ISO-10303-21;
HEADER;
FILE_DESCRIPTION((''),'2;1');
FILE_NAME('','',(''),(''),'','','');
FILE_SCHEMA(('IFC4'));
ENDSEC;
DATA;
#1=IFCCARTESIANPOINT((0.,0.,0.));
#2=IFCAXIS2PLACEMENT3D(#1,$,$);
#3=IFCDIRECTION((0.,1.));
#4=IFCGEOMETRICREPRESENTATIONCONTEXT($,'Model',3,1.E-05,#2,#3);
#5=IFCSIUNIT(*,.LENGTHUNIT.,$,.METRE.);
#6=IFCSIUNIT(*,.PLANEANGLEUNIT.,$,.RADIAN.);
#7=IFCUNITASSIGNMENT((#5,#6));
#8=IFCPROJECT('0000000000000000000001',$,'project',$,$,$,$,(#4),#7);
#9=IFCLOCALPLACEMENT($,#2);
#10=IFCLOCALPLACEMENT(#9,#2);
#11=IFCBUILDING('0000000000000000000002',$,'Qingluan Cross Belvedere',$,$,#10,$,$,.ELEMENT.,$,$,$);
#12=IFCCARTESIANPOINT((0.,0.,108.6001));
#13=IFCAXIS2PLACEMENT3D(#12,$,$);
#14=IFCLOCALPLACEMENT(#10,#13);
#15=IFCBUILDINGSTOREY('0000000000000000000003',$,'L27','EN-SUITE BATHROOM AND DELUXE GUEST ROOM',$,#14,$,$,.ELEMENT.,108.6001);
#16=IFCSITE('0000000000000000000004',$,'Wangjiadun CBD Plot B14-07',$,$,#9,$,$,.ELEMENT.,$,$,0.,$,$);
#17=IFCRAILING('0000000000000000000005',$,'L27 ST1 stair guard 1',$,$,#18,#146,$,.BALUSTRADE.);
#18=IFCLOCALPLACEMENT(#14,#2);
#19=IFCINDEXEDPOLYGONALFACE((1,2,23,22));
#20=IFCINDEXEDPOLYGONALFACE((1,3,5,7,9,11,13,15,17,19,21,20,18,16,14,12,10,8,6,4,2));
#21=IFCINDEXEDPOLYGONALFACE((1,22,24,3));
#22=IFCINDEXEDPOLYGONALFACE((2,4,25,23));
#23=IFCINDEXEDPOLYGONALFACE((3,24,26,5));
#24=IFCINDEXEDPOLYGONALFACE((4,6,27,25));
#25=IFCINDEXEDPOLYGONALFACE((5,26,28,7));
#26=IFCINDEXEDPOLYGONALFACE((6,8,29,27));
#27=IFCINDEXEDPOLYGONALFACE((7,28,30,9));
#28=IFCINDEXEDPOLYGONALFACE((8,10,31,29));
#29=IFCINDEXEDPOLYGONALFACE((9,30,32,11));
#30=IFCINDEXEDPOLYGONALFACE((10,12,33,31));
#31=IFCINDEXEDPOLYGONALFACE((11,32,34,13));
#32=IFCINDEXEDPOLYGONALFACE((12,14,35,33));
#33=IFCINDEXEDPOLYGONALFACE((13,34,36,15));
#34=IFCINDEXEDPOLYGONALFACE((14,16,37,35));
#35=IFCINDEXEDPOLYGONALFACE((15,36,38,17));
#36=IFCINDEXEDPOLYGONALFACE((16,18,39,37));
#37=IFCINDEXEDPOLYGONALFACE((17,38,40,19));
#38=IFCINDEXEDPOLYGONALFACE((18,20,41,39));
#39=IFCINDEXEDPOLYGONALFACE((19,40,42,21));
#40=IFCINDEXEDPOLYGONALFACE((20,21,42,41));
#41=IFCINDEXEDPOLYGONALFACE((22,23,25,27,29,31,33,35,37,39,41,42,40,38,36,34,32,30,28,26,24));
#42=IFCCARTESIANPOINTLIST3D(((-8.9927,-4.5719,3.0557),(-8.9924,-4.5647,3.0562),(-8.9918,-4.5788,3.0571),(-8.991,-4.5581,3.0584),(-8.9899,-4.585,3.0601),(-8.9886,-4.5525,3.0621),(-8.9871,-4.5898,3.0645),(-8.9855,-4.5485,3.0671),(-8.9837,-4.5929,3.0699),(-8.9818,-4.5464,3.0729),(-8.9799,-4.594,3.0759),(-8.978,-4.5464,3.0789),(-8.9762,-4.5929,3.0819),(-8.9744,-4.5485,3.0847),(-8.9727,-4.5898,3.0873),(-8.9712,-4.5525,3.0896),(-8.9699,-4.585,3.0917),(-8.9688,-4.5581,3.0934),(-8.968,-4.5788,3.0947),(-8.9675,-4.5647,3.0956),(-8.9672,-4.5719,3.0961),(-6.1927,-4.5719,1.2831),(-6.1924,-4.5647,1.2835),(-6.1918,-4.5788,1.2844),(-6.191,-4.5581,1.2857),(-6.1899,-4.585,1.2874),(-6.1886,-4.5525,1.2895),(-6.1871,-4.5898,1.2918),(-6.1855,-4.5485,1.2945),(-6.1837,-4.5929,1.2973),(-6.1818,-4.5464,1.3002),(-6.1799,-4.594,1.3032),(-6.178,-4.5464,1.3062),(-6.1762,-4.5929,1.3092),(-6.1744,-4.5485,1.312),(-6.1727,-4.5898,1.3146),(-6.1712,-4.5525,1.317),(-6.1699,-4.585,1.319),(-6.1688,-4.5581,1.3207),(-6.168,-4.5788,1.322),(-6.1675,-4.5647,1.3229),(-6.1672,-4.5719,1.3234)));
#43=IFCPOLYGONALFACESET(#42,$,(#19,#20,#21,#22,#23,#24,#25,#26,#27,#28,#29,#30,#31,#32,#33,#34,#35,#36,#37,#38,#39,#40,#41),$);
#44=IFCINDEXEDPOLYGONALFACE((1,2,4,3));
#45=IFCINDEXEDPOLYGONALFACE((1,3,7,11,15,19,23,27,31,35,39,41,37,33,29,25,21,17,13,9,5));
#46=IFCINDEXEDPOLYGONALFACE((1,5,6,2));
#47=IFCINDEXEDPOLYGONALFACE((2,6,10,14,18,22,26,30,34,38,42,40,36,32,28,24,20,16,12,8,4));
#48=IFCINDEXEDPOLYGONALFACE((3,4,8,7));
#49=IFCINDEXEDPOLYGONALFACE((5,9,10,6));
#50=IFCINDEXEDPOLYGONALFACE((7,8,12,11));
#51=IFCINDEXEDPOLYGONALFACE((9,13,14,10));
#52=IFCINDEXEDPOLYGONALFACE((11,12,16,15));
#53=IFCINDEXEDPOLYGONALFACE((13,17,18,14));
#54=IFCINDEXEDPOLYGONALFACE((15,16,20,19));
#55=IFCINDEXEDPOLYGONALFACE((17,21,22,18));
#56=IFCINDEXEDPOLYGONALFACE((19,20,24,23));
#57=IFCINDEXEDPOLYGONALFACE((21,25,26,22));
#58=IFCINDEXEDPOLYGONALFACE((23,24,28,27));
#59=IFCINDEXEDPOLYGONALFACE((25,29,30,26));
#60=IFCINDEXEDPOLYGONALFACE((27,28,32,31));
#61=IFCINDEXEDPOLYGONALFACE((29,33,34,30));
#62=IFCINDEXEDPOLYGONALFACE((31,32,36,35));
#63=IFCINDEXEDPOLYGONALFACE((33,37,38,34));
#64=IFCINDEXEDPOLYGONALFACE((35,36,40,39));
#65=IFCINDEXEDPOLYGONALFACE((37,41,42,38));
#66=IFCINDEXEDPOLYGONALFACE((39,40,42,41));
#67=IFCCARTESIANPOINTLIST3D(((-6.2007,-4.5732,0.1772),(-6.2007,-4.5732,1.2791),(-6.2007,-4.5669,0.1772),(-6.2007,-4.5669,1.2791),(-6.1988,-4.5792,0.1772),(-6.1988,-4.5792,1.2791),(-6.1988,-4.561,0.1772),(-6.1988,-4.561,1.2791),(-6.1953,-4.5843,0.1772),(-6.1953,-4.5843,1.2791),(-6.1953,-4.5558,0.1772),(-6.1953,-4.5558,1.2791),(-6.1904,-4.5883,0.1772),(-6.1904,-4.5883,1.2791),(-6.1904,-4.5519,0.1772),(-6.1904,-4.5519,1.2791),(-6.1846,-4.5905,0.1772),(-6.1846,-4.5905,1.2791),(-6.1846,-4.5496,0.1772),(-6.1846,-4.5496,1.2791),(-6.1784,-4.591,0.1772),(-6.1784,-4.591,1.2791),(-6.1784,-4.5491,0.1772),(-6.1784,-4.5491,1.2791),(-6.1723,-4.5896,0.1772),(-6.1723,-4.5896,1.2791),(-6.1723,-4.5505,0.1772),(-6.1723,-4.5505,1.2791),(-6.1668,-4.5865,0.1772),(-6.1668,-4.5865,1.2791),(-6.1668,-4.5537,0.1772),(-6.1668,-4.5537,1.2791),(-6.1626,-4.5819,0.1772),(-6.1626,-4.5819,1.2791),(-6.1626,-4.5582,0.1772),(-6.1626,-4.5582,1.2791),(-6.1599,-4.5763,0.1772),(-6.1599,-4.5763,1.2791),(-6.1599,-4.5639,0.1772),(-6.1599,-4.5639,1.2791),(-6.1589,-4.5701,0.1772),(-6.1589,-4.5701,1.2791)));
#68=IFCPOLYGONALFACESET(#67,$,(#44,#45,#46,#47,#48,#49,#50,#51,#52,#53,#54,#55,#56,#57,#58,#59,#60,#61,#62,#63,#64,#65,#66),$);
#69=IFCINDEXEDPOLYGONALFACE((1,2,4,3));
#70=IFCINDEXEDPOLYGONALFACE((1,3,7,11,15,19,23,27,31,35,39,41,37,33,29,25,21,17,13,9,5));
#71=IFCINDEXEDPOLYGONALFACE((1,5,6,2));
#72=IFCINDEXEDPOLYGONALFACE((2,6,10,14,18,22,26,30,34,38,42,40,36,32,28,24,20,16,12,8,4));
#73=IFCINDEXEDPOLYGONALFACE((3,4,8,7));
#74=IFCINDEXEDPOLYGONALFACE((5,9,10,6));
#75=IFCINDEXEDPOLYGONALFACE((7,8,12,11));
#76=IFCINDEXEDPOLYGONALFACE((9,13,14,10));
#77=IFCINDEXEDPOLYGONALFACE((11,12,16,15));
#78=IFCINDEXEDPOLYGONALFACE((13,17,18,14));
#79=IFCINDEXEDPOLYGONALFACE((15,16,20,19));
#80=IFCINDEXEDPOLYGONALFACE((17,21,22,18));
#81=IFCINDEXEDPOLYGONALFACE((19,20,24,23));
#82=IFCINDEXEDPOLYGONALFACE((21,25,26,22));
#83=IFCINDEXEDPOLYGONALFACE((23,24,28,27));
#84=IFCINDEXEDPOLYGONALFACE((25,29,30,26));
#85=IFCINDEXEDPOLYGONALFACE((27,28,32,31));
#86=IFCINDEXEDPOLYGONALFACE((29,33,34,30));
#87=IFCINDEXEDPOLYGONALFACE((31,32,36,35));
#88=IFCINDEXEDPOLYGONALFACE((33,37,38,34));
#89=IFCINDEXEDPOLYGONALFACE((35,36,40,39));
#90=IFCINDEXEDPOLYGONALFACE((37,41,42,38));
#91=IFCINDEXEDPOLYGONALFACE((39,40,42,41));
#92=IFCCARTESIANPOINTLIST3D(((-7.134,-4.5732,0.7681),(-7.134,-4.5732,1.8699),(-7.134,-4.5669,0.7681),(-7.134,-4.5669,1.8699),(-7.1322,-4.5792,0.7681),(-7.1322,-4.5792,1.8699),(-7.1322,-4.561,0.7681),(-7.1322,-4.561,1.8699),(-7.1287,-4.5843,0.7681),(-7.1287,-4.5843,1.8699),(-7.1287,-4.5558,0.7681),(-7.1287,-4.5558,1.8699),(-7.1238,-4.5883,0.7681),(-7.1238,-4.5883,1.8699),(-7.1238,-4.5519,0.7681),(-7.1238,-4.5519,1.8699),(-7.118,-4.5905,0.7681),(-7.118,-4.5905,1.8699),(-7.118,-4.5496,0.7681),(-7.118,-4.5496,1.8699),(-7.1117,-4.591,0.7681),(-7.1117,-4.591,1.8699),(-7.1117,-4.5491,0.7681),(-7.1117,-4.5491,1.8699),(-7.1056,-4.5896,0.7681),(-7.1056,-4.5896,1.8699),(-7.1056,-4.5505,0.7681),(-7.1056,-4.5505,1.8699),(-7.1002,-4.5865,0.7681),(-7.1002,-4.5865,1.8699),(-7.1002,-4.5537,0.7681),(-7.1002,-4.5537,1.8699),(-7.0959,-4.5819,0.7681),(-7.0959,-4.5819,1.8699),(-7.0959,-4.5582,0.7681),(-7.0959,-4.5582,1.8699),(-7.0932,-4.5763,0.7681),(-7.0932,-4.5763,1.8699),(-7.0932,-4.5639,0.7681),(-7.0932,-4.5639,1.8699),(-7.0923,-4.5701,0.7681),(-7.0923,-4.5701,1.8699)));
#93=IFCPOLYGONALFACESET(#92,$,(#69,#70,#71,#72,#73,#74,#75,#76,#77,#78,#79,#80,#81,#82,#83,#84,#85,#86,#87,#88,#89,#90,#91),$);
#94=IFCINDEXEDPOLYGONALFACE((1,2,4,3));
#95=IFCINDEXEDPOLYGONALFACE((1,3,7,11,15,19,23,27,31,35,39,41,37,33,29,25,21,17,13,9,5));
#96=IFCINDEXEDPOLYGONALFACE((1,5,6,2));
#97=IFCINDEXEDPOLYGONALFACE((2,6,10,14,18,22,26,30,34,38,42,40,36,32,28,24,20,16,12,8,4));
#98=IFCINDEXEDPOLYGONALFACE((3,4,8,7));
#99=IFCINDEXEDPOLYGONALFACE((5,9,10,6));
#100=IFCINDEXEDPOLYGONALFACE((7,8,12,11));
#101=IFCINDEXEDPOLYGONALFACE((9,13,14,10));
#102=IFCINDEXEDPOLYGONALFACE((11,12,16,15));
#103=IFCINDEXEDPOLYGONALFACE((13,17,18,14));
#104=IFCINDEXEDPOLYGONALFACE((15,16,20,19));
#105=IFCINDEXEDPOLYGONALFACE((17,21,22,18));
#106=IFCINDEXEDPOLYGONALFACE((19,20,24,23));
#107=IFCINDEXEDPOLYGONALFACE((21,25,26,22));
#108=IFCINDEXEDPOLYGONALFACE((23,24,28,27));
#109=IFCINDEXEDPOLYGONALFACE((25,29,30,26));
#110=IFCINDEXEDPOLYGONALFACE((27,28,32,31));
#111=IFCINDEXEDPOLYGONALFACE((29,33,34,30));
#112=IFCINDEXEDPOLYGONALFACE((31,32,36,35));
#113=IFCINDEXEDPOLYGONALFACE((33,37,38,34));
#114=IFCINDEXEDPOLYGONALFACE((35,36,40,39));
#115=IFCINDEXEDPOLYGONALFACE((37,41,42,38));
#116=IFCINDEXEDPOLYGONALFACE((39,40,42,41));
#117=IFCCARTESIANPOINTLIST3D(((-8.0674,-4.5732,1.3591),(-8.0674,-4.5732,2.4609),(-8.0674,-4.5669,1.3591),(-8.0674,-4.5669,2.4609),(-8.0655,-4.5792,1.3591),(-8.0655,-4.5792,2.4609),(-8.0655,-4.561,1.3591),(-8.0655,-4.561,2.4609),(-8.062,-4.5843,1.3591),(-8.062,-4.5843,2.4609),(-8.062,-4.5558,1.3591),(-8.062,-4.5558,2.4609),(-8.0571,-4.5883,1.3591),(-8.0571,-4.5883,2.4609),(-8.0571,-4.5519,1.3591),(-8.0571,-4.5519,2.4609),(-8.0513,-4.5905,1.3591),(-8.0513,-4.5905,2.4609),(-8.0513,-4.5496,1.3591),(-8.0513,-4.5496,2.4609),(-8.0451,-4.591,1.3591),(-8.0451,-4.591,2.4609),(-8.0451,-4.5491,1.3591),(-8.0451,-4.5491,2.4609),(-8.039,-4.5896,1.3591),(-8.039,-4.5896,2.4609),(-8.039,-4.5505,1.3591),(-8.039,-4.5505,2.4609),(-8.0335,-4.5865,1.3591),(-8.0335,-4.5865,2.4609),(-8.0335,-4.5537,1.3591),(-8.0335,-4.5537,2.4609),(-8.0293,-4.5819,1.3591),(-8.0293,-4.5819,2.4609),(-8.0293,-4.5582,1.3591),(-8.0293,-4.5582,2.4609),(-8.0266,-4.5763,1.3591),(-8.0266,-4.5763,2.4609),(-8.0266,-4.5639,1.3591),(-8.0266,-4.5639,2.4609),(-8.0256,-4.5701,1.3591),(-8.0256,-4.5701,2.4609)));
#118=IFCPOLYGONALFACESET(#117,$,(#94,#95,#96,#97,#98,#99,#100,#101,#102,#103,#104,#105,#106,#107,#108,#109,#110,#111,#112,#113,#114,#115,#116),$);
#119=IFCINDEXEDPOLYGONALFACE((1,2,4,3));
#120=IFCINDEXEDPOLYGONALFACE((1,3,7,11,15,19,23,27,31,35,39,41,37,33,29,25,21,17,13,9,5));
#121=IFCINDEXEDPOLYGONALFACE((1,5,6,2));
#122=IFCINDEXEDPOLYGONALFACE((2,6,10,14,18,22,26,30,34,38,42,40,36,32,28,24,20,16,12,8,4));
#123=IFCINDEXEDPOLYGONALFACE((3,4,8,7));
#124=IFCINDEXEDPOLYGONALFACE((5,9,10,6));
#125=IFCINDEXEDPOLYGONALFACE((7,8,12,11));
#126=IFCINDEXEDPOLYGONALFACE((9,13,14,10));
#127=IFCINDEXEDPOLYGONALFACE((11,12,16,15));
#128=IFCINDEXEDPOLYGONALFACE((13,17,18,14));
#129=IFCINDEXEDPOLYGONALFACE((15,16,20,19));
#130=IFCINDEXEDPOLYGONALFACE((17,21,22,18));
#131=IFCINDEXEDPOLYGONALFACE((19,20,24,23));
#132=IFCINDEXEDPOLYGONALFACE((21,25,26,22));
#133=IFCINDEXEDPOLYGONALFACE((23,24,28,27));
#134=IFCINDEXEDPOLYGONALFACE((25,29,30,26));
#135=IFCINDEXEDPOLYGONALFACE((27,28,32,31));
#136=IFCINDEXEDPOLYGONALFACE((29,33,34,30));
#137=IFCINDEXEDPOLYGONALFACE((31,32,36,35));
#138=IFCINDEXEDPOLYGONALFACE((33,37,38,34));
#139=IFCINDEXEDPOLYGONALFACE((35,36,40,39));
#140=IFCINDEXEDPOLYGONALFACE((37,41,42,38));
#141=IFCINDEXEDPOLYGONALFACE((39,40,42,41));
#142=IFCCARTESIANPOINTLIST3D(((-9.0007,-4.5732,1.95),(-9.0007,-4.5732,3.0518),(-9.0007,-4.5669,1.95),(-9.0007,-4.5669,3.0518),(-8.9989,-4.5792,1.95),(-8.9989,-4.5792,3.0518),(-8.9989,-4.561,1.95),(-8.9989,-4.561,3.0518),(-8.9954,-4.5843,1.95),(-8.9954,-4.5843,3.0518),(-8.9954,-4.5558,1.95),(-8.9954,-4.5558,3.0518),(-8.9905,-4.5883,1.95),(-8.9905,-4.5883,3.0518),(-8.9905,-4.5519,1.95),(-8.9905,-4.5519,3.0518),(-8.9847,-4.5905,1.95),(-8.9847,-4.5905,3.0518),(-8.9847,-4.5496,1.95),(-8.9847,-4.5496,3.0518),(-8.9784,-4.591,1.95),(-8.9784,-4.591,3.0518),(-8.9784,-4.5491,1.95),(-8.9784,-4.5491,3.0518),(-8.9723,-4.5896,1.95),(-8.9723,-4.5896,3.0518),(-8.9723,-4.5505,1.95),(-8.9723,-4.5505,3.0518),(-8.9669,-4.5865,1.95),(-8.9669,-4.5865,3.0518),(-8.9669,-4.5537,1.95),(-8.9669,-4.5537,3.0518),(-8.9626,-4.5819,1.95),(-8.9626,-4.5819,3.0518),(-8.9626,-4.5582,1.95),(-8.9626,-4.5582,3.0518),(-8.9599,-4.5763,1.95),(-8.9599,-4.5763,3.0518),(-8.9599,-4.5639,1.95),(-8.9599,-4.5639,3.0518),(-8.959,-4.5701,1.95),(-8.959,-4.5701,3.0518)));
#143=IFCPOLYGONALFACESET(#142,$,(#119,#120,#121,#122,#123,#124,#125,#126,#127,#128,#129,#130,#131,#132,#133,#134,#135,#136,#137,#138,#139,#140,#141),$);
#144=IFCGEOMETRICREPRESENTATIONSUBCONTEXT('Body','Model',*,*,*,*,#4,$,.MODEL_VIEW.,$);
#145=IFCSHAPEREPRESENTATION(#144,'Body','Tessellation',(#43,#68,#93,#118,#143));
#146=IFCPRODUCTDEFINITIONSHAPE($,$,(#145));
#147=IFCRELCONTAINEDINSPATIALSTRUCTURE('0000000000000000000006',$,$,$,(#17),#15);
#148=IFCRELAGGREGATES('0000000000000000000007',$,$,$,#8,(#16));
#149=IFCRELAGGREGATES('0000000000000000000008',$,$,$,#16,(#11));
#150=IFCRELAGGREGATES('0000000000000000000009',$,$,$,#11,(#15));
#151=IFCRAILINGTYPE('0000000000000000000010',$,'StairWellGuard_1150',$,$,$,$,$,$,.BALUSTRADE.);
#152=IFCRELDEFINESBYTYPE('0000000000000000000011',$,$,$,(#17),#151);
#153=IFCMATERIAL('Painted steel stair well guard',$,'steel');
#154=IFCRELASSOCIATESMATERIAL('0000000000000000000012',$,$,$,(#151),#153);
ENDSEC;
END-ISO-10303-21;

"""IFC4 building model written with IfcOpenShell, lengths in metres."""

from ifc_helpers import new_model, si_unit, direction, frame, origin, origin_2d, place, context, subcontext, project, spatial, circle, extrude, material, type_object, element, save


model = new_model("IFC4")

# Units and contexts
model_context = context("Model", 3, precision=1e-05, world=origin(), true_north=direction((0.0, 1.0)))
body_context = subcontext(model_context, "Body", "Model", "MODEL_VIEW")
ifc_project = project(units=[si_unit("LENGTHUNIT", "METRE"), si_unit("PLANEANGLEUNIT", "RADIAN")], contexts=[model_context])

# Site, building, storey
site_placement = place(None, origin())
site = spatial("IfcSite", under=ifc_project, at=site_placement, Name="Wangjiadun CBD Plot B14-07", CompositionType="ELEMENT", RefElevation=0.0)
building_placement = place(site_placement, origin())
building = spatial("IfcBuilding", under=site, at=building_placement, Name="Qingluan Cross Belvedere", CompositionType="ELEMENT")
storey_placement = place(building_placement, frame((0.0, 0.0, 108.6001)))
storey = spatial("IfcBuildingStorey", under=building, at=storey_placement, Name="L27", Description="EN-SUITE BATHROOM AND DELUXE GUEST ROOM", CompositionType="ELEMENT", Elevation=108.6001)

# Railing
ifc_material_1 = material(Name="Painted steel stair well guard", Category="steel")
railing_type_1 = type_object("IfcRailingType", Name="StairWellGuard_1150", PredefinedType="BALUSTRADE", material=ifc_material_1)
railing_1_placement = place(storey_placement, frame((-6.1799, -4.5701, 0.1772)))
element("IfcRailing", 1, at=railing_1_placement, inside=storey, type_object=railing_type_1, Name="L27 ST1 stair guard 1", PredefinedType="BALUSTRADE", context=body_context, shape_type="SweptSolid", body=[
    extrude(circle(Radius=0.0239, at=origin_2d()), frame((0.0, 0.0, 1.126), z_axis=(-0.844909, 0.0, 0.53491), x_axis=(0.0, -1.0, 0.0)), (0.0, 0.0, 1.0), 3.314),
    extrude(circle(Radius=0.021, at=origin_2d()), origin(), (0.0, 0.0, 1.0), 1.1018),
    extrude(circle(Radius=0.021, at=origin_2d()), frame((-0.9333, 0.0, 0.5908)), (0.0, 0.0, 1.0), 1.1018),
    extrude(circle(Radius=0.021, at=origin_2d()), frame((-1.8667, 0.0, 1.1819)), (0.0, 0.0, 1.0), 1.1018),
    extrude(circle(Radius=0.021, at=origin_2d()), frame((-2.8, 0.0, 1.7727)), (0.0, 0.0, 1.0), 1.1018),
])

save(model, "model.ifc")
